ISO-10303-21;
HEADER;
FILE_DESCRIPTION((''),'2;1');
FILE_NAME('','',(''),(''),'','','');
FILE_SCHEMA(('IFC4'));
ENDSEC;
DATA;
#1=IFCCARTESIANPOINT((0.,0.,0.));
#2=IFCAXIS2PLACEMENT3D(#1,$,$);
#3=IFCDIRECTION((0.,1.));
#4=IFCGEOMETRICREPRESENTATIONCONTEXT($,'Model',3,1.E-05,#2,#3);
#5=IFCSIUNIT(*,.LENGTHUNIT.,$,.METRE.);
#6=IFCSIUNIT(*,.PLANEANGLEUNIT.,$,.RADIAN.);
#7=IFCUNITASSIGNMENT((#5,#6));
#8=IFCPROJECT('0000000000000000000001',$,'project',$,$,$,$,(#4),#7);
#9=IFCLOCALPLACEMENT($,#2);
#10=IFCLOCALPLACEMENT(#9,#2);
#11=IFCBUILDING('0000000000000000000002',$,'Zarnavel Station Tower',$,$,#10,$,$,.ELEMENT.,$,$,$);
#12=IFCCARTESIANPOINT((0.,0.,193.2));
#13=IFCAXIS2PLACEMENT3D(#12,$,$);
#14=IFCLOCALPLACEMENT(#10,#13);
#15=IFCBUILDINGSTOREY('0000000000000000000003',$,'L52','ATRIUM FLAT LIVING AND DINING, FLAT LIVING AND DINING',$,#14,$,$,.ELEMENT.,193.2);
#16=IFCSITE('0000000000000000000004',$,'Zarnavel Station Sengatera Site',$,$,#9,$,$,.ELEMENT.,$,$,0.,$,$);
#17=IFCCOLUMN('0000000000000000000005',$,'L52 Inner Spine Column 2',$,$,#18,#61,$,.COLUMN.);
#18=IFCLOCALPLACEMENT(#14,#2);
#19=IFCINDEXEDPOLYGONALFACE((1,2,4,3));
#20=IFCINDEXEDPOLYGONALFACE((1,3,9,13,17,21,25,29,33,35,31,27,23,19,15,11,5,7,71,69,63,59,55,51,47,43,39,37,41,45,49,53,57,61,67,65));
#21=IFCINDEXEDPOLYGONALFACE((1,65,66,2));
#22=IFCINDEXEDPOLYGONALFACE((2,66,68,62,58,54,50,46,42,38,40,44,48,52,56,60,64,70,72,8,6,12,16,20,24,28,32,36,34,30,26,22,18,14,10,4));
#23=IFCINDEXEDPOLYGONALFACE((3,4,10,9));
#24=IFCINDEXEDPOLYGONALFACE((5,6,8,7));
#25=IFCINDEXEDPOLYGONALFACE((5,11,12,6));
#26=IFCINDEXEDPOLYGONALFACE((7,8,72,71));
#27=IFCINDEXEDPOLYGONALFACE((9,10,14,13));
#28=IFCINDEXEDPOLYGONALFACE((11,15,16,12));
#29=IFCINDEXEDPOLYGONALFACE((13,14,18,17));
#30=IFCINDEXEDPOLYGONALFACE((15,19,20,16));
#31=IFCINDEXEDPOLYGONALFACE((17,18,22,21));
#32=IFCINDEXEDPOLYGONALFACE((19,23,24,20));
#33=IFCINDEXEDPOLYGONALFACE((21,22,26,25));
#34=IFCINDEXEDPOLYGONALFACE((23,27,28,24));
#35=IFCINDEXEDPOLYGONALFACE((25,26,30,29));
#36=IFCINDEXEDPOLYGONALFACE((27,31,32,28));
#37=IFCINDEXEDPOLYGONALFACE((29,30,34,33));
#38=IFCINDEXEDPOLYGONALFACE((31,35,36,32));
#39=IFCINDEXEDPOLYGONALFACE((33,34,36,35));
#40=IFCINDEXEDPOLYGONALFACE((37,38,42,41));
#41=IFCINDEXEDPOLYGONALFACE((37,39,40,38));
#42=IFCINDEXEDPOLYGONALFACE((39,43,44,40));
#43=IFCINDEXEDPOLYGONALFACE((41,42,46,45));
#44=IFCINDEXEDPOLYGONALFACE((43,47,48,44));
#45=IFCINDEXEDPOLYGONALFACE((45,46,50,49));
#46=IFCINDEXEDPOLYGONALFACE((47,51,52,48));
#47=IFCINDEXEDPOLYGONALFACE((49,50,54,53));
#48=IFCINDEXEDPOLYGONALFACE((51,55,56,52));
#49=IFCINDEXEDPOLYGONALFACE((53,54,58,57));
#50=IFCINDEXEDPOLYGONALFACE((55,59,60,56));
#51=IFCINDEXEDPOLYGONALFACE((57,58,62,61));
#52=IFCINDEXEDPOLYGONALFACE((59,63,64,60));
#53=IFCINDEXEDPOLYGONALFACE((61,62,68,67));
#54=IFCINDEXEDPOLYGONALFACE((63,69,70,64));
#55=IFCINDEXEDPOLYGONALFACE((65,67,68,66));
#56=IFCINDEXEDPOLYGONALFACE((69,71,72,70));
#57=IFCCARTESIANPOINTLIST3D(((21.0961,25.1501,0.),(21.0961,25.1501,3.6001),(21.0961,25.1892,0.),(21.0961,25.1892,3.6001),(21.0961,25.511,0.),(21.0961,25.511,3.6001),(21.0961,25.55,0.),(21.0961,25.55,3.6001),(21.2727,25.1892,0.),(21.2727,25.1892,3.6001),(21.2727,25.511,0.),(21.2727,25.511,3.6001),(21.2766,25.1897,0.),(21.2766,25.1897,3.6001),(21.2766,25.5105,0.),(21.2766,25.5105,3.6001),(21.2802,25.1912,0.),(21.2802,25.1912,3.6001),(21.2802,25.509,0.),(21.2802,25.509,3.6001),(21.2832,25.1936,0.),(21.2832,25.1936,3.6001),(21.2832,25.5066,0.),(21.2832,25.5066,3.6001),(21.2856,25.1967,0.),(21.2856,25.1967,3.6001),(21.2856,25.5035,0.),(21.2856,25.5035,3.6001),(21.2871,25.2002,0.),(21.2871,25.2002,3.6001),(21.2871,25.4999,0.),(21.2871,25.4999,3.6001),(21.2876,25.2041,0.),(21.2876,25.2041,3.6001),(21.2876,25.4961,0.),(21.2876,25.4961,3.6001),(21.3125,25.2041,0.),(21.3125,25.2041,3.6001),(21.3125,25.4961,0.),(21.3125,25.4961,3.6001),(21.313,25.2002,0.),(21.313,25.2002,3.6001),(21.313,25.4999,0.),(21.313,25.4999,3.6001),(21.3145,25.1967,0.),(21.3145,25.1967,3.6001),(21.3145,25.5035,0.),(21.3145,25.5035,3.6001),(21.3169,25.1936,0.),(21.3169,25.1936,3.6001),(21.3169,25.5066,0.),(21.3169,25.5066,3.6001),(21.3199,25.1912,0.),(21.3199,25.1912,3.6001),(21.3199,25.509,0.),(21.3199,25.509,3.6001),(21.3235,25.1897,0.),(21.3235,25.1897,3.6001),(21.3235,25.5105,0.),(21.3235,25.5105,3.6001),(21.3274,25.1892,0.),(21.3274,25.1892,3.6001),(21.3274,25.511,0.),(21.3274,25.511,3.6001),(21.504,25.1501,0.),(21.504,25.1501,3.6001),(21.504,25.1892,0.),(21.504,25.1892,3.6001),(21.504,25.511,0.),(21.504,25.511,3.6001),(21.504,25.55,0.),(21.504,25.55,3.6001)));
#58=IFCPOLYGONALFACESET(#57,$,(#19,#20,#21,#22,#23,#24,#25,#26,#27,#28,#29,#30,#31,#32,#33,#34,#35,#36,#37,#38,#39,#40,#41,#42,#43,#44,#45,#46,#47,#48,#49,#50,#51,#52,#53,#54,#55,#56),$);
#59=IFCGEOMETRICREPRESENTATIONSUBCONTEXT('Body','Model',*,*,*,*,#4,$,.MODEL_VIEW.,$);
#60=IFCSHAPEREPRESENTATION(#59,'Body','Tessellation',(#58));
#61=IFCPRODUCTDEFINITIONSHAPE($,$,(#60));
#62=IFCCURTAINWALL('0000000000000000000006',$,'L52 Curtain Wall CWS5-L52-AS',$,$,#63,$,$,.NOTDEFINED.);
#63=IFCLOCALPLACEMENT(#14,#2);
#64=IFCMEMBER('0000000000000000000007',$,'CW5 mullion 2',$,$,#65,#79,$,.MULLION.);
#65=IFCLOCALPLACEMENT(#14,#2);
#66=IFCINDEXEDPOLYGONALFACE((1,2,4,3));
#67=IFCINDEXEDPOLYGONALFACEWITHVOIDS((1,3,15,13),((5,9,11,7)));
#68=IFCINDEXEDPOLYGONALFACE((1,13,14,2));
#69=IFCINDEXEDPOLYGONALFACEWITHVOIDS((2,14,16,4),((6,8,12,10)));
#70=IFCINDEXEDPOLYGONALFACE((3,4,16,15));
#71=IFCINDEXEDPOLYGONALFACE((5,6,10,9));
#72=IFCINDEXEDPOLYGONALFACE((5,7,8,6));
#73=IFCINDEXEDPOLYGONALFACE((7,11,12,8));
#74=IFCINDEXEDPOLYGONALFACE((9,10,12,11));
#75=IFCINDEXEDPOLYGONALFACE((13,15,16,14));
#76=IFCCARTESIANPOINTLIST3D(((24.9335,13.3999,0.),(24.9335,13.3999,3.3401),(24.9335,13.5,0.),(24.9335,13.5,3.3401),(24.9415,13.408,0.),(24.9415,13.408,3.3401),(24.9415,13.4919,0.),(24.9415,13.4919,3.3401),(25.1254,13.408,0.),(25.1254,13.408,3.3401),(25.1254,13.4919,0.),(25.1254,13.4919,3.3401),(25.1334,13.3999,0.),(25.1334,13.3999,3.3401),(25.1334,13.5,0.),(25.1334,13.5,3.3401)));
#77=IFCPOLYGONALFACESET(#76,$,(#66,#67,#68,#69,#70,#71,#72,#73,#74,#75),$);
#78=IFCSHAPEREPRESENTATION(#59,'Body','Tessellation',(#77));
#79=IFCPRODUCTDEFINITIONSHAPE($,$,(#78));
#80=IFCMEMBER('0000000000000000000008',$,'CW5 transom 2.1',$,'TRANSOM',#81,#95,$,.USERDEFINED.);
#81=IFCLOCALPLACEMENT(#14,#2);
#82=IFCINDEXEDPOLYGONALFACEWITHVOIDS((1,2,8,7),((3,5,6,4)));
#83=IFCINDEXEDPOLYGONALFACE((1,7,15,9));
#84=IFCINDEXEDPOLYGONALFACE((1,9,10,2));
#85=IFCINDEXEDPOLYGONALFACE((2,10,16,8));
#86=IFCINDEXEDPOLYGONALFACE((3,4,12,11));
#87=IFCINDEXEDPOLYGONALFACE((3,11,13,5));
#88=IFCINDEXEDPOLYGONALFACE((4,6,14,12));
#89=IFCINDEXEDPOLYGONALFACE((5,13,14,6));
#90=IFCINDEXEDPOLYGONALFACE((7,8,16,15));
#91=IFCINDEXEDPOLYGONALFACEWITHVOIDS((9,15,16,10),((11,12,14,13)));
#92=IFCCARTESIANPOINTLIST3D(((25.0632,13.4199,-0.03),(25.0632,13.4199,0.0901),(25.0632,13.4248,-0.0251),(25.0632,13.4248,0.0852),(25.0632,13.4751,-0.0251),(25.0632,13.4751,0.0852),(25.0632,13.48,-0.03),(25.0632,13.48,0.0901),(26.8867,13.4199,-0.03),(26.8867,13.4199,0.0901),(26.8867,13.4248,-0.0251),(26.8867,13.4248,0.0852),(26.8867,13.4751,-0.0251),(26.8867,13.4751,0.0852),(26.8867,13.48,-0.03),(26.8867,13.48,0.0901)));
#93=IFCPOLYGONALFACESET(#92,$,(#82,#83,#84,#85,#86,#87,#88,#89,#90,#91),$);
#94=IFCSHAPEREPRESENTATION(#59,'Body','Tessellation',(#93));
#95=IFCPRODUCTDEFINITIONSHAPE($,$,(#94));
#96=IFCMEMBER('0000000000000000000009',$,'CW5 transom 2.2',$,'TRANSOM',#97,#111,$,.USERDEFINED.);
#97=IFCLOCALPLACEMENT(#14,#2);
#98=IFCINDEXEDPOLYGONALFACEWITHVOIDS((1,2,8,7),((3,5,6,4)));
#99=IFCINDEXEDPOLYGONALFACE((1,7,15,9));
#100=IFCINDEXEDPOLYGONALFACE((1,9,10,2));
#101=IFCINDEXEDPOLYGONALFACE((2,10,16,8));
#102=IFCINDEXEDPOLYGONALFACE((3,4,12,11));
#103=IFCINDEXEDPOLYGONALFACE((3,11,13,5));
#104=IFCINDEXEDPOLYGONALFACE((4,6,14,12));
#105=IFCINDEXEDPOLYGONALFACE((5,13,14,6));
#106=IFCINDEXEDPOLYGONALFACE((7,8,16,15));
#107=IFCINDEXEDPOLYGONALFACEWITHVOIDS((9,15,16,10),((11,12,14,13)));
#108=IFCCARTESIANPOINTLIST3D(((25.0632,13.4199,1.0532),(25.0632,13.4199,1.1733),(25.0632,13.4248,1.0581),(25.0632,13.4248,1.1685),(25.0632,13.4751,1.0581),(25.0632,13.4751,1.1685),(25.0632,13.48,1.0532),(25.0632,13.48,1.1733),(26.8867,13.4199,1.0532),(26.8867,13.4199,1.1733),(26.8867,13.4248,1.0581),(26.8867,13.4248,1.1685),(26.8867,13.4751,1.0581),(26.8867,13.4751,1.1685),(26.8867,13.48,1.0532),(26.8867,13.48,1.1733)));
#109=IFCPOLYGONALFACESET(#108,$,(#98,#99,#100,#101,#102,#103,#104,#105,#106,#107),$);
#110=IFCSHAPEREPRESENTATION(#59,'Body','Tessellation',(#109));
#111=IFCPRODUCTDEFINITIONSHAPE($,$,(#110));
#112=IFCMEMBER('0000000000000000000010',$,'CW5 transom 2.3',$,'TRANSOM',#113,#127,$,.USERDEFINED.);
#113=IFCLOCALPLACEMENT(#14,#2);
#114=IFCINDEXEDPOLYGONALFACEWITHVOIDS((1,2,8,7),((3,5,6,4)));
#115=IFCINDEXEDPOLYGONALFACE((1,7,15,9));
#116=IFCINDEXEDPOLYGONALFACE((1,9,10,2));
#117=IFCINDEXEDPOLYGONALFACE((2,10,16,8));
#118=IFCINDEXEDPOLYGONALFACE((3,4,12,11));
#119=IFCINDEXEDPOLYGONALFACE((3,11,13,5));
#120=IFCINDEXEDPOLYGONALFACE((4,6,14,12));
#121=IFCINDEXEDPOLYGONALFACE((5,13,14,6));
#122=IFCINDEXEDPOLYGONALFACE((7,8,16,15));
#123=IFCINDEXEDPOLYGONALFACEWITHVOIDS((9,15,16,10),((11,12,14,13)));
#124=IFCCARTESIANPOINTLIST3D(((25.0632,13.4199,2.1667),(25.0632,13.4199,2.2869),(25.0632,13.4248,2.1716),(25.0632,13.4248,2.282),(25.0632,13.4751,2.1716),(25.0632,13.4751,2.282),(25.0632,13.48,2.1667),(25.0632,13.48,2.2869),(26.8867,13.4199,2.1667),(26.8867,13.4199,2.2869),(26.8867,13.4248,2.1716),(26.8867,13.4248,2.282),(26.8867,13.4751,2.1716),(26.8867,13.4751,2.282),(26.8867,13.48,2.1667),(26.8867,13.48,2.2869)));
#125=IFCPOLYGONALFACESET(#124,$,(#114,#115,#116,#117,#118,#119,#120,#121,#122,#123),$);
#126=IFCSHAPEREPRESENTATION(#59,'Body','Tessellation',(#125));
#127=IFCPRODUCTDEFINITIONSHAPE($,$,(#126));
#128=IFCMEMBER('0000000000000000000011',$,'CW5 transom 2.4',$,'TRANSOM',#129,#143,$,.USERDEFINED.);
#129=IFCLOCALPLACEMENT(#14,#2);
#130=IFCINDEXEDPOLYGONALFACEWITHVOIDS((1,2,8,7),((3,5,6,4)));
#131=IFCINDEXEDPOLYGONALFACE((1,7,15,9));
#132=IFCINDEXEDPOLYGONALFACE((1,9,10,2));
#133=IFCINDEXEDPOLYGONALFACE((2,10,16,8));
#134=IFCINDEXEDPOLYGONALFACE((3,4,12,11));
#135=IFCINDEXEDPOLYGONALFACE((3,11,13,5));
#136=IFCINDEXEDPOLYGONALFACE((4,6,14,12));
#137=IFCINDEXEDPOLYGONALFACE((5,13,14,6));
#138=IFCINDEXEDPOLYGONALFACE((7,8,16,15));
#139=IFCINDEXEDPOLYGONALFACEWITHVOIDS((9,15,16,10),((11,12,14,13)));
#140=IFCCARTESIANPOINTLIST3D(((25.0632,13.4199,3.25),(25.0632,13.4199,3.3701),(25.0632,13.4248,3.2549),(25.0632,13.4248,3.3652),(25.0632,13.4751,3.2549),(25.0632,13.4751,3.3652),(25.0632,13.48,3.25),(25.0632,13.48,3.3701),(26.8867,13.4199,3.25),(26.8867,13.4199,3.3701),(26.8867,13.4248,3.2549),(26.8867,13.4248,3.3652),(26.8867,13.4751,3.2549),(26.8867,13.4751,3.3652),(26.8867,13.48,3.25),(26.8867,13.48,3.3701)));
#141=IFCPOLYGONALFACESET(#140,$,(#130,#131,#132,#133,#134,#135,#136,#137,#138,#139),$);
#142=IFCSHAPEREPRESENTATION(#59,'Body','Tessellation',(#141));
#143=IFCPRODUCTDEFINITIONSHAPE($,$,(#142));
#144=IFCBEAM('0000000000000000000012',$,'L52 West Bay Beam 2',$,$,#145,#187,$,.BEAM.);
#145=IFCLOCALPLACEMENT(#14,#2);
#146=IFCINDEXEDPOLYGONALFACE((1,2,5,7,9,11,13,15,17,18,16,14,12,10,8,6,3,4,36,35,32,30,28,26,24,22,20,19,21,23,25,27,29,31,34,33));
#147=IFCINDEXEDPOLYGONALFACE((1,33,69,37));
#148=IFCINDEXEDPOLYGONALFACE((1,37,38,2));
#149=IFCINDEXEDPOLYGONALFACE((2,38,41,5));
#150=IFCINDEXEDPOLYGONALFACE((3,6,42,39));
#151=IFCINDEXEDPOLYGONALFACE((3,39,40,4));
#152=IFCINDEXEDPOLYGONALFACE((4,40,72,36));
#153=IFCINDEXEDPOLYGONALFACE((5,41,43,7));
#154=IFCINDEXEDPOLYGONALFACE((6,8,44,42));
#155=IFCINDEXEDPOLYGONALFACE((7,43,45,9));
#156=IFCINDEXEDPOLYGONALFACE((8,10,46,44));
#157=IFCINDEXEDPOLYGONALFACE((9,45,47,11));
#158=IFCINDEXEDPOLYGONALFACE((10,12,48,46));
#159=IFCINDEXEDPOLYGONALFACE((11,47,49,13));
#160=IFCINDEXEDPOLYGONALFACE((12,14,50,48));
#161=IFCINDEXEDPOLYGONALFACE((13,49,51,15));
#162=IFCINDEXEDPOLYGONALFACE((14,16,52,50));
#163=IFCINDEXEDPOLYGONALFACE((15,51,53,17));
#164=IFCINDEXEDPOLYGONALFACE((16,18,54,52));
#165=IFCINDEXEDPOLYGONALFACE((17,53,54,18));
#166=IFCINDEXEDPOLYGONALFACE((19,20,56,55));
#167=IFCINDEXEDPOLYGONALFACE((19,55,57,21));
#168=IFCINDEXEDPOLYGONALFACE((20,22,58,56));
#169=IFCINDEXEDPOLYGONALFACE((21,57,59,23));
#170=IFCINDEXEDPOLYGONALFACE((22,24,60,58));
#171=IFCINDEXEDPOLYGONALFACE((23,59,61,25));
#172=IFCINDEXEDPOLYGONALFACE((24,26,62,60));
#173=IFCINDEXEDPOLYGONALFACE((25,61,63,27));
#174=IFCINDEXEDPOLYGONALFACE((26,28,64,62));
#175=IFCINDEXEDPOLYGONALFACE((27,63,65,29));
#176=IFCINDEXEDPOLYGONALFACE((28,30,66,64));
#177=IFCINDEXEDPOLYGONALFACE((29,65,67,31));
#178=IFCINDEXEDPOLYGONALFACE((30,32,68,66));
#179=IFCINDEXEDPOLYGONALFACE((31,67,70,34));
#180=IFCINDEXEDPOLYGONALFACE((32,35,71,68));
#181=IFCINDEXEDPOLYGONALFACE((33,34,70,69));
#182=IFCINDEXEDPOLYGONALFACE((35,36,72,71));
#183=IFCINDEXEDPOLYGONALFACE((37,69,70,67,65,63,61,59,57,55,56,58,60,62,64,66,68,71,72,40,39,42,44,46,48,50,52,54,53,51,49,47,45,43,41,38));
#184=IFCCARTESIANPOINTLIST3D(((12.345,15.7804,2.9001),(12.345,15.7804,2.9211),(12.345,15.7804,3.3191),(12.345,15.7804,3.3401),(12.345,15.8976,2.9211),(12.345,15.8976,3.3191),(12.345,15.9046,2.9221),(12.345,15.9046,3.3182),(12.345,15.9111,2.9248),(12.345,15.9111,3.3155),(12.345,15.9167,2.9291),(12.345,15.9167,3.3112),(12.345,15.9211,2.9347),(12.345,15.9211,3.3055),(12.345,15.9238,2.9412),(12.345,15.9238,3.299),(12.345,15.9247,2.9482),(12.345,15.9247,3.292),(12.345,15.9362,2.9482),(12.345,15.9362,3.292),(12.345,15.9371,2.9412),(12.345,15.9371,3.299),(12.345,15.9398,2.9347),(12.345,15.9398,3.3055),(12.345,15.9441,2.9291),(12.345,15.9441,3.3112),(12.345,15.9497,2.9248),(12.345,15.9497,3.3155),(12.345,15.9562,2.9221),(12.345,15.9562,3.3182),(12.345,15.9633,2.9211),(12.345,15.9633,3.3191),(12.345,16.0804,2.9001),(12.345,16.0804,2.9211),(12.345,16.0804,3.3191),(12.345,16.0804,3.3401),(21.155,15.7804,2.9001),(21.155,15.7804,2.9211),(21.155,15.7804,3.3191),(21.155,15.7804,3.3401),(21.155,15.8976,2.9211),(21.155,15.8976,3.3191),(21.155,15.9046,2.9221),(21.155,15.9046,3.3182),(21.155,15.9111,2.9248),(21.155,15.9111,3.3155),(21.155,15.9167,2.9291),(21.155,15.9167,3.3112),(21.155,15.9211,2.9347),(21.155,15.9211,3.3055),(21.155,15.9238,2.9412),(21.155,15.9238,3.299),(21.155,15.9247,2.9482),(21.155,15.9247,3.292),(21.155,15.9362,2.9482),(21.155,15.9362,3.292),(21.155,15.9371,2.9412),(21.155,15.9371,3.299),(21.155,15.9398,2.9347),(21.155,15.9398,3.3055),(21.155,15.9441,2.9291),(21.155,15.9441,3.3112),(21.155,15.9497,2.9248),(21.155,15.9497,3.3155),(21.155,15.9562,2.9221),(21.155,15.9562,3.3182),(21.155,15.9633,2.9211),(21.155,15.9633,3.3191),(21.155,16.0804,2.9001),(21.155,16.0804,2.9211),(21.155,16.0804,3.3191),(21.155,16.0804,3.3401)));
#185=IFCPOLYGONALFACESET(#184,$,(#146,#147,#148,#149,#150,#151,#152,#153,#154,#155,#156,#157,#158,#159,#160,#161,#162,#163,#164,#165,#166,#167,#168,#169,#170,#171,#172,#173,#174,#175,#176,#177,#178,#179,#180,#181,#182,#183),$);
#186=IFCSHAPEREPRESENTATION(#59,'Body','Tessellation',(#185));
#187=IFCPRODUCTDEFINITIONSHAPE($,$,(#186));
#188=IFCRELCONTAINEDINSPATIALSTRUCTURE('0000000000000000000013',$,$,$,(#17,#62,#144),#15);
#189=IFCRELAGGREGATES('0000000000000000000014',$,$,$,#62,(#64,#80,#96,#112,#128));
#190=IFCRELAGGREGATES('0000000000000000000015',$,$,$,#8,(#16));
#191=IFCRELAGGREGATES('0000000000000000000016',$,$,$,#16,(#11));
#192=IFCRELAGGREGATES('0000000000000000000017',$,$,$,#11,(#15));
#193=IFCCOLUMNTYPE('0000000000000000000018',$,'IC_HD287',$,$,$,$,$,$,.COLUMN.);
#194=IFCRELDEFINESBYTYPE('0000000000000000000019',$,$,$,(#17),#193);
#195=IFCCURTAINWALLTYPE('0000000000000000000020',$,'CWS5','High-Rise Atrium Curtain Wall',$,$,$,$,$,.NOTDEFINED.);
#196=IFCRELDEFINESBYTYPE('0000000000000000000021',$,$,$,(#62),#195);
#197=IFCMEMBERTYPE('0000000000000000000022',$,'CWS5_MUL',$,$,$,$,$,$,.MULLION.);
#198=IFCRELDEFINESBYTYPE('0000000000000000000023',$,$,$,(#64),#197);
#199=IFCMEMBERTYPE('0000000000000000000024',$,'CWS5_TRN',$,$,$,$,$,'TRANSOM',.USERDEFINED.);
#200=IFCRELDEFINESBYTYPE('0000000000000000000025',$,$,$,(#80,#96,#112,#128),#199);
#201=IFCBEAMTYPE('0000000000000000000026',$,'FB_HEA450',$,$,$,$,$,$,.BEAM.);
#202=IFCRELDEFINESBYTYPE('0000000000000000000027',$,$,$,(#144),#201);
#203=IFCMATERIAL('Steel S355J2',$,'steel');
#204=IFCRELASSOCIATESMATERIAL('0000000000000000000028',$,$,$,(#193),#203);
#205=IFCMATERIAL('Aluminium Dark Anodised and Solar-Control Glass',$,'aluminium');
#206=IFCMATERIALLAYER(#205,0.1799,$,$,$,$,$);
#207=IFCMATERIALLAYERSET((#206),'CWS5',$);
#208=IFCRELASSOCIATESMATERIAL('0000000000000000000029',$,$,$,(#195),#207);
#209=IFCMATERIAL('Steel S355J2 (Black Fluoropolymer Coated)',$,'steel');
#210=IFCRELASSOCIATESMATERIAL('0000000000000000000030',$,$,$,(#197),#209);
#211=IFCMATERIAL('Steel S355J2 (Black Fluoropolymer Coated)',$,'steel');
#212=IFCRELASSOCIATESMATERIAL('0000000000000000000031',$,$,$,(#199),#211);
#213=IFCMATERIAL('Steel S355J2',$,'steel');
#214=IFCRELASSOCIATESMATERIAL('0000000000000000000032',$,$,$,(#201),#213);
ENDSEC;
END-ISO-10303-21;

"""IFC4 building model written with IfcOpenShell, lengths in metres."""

from ifc_helpers import new_model, si_unit, direction, frame, origin, origin_2d, place, context, subcontext, project, spatial, hollow_rectangle, i_section, extrude, material, layer, layer_set, material_profile, profile_set, type_object, element, aggregate, save


model = new_model("IFC4")

# Units and contexts
model_context = context("Model", 3, precision=1e-05, world=origin(), true_north=direction((0.0, 1.0)))
body_context = subcontext(model_context, "Body", "Model", "MODEL_VIEW")
ifc_project = project(units=[si_unit("LENGTHUNIT", "METRE"), si_unit("PLANEANGLEUNIT", "RADIAN")], contexts=[model_context])

# Site, building, storey
site_placement = place(None, origin())
site = spatial("IfcSite", under=ifc_project, at=site_placement, Name="Zarnavel Station Sengatera Site", CompositionType="ELEMENT", RefElevation=0.0)
building_placement = place(site_placement, origin())
building = spatial("IfcBuilding", under=site, at=building_placement, Name="Zarnavel Station Tower", CompositionType="ELEMENT")
storey_placement = place(building_placement, frame((0.0, 0.0, 193.2)))
storey = spatial("IfcBuildingStorey", under=building, at=storey_placement, Name="L52", Description="ATRIUM FLAT LIVING AND DINING, FLAT LIVING AND DINING", CompositionType="ELEMENT", Elevation=193.2)

# Column
ifc_material_1 = material(Name="Steel S355J2", Category="steel")
ifc_material_profile_1 = material_profile(ifc_material_1, i_section(OverallWidth=0.408, OverallDepth=0.3999, WebThickness=0.0249, FlangeThickness=0.0391, FilletRadius=0.0149, at=origin_2d()), Name="HD400x287")
ifc_profile_set_1 = profile_set([ifc_material_profile_1], Name="Steel S355J2")
column_type = type_object("IfcColumnType", Name="IC_HD287", PredefinedType="COLUMN", material=ifc_profile_set_1)
column_placement = place(storey_placement, frame((21.3, 25.3501, 0.0), z_axis=(0.0, 0.0, 1.0), x_axis=(1.0, 0.0, 0.0)))
element("IfcColumn", 1, at=column_placement, inside=storey, type_object=column_type, Name="L52 Inner Spine Column 2", PredefinedType="COLUMN", context=body_context, shape_type="SweptSolid", body=[
    extrude(i_section(OverallWidth=0.408, OverallDepth=0.3999, WebThickness=0.0249, FlangeThickness=0.0391, FilletRadius=0.0149, at=origin_2d()), origin(), (0.0, 0.0, 1.0), 3.6001),
])

# Curtain wall, members
ifc_material_2 = material(Name="Aluminium Dark Anodised and Solar-Control Glass", Category="aluminium")
ifc_layer_1 = layer(ifc_material_2, 0.1799)
ifc_layer_set_1 = layer_set([ifc_layer_1], Name="CWS5")
curtain_wall_type = type_object("IfcCurtainWallType", Name="CWS5", Description="High-Rise Atrium Curtain Wall", PredefinedType="NOTDEFINED", material=ifc_layer_set_1)
curtain_wall_placement = place(storey_placement, origin())
curtain_wall = element("IfcCurtainWall", 2, at=curtain_wall_placement, inside=storey, type_object=curtain_wall_type, Name="L52 Curtain Wall CWS5-L52-AS", PredefinedType="NOTDEFINED")
ifc_material_3 = material(Name="Steel S355J2 (Black Fluoropolymer Coated)", Category="steel")
ifc_material_profile_2 = material_profile(ifc_material_3, hollow_rectangle(XDim=0.1001, YDim=0.2, WallThickness=0.0081, at=origin_2d()), Name="RHS200x100x8")
ifc_profile_set_2 = profile_set([ifc_material_profile_2], Name="Steel S355J2 (Black Fluoropolymer Coated)")
member_type_1 = type_object("IfcMemberType", Name="CWS5_MUL", PredefinedType="MULLION", material=ifc_profile_set_2)
member_1_placement = place(storey_placement, frame((25.0334, 13.45, 0.0), z_axis=(0.0, 0.0, 1.0), x_axis=(0.0, 1.0, 0.0)))
member_1 = element("IfcMember", 3, at=member_1_placement, type_object=member_type_1, Name="CW5 mullion 2", PredefinedType="MULLION", context=body_context, shape_type="SweptSolid", body=[
    extrude(hollow_rectangle(XDim=0.1001, YDim=0.2, WallThickness=0.0081, at=origin_2d()), origin(), (0.0, 0.0, 1.0), 3.3401),
])
ifc_material_4 = material(Name="Steel S355J2 (Black Fluoropolymer Coated)", Category="steel")
ifc_material_profile_3 = material_profile(ifc_material_4, hollow_rectangle(XDim=0.0601, YDim=0.1201, WallThickness=0.0049, at=origin_2d()), Name="RHS120x60x5")
ifc_profile_set_3 = profile_set([ifc_material_profile_3], Name="Steel S355J2 (Black Fluoropolymer Coated)")
member_type_2 = type_object("IfcMemberType", Name="CWS5_TRN", ElementType="TRANSOM", PredefinedType="USERDEFINED", material=ifc_profile_set_3)
member_2_placement = place(storey_placement, frame((25.0632, 13.45, 0.03), z_axis=(1.0, 0.0, 0.0), x_axis=(0.0, 1.0, 0.0)))
member_2 = element("IfcMember", 4, at=member_2_placement, type_object=member_type_2, Name="CW5 transom 2.1", ObjectType="TRANSOM", PredefinedType="USERDEFINED", context=body_context, shape_type="SweptSolid", body=[
    extrude(hollow_rectangle(XDim=0.0601, YDim=0.1201, WallThickness=0.0049, at=origin_2d()), origin(), (0.0, 0.0, 1.0), 1.8235),
])
member_3_placement = place(storey_placement, frame((25.0632, 13.45, 1.1133), z_axis=(1.0, 0.0, 0.0), x_axis=(0.0, 1.0, 0.0)))
member_3 = element("IfcMember", 5, at=member_3_placement, type_object=member_type_2, Name="CW5 transom 2.2", ObjectType="TRANSOM", PredefinedType="USERDEFINED", context=body_context, shape_type="SweptSolid", body=[
    extrude(hollow_rectangle(XDim=0.0601, YDim=0.1201, WallThickness=0.0049, at=origin_2d()), origin(), (0.0, 0.0, 1.0), 1.8235),
])
member_4_placement = place(storey_placement, frame((25.0632, 13.45, 2.2268), z_axis=(1.0, 0.0, 0.0), x_axis=(0.0, 1.0, 0.0)))
member_4 = element("IfcMember", 6, at=member_4_placement, type_object=member_type_2, Name="CW5 transom 2.3", ObjectType="TRANSOM", PredefinedType="USERDEFINED", context=body_context, shape_type="SweptSolid", body=[
    extrude(hollow_rectangle(XDim=0.0601, YDim=0.1201, WallThickness=0.0049, at=origin_2d()), origin(), (0.0, 0.0, 1.0), 1.8235),
])
member_5_placement = place(storey_placement, frame((25.0632, 13.45, 3.3101), z_axis=(1.0, 0.0, 0.0), x_axis=(0.0, 1.0, 0.0)))
member_5 = element("IfcMember", 7, at=member_5_placement, type_object=member_type_2, Name="CW5 transom 2.4", ObjectType="TRANSOM", PredefinedType="USERDEFINED", context=body_context, shape_type="SweptSolid", body=[
    extrude(hollow_rectangle(XDim=0.0601, YDim=0.1201, WallThickness=0.0049, at=origin_2d()), origin(), (0.0, 0.0, 1.0), 1.8235),
])

# Beam
ifc_material_5 = material(Name="Steel S355J2", Category="steel")
ifc_material_profile_4 = material_profile(ifc_material_5, i_section(OverallWidth=0.3, OverallDepth=0.4399, WebThickness=0.0115, FlangeThickness=0.021, FilletRadius=0.0271, at=origin_2d()), Name="HEA450")
ifc_profile_set_4 = profile_set([ifc_material_profile_4], Name="Steel S355J2")
beam_type_1 = type_object("IfcBeamType", Name="FB_HEA450", PredefinedType="BEAM", material=ifc_profile_set_4)
for number, where, z_axis, x_axis, name in (
    (8, (12.345, 15.9304, 3.1201), (1.0, 0.0, 0.0), (0.0, 1.0, 0.0), "L52 West Bay Beam 2"),
):
    element("IfcBeam", number, at=place(storey_placement, frame(where, z_axis=z_axis, x_axis=x_axis)), inside=storey, type_object=beam_type_1, Name=name, PredefinedType="BEAM", context=body_context, shape_type="SweptSolid", body=[
        extrude(i_section(OverallWidth=0.3, OverallDepth=0.4399, WebThickness=0.0115, FlangeThickness=0.021, FilletRadius=0.0271, at=origin_2d()), origin(), (0.0, 0.0, 1.0), 8.8101),
    ])

aggregate(curtain_wall, [member_1, member_2, member_3, member_4, member_5])

save(model, "model.ifc")
